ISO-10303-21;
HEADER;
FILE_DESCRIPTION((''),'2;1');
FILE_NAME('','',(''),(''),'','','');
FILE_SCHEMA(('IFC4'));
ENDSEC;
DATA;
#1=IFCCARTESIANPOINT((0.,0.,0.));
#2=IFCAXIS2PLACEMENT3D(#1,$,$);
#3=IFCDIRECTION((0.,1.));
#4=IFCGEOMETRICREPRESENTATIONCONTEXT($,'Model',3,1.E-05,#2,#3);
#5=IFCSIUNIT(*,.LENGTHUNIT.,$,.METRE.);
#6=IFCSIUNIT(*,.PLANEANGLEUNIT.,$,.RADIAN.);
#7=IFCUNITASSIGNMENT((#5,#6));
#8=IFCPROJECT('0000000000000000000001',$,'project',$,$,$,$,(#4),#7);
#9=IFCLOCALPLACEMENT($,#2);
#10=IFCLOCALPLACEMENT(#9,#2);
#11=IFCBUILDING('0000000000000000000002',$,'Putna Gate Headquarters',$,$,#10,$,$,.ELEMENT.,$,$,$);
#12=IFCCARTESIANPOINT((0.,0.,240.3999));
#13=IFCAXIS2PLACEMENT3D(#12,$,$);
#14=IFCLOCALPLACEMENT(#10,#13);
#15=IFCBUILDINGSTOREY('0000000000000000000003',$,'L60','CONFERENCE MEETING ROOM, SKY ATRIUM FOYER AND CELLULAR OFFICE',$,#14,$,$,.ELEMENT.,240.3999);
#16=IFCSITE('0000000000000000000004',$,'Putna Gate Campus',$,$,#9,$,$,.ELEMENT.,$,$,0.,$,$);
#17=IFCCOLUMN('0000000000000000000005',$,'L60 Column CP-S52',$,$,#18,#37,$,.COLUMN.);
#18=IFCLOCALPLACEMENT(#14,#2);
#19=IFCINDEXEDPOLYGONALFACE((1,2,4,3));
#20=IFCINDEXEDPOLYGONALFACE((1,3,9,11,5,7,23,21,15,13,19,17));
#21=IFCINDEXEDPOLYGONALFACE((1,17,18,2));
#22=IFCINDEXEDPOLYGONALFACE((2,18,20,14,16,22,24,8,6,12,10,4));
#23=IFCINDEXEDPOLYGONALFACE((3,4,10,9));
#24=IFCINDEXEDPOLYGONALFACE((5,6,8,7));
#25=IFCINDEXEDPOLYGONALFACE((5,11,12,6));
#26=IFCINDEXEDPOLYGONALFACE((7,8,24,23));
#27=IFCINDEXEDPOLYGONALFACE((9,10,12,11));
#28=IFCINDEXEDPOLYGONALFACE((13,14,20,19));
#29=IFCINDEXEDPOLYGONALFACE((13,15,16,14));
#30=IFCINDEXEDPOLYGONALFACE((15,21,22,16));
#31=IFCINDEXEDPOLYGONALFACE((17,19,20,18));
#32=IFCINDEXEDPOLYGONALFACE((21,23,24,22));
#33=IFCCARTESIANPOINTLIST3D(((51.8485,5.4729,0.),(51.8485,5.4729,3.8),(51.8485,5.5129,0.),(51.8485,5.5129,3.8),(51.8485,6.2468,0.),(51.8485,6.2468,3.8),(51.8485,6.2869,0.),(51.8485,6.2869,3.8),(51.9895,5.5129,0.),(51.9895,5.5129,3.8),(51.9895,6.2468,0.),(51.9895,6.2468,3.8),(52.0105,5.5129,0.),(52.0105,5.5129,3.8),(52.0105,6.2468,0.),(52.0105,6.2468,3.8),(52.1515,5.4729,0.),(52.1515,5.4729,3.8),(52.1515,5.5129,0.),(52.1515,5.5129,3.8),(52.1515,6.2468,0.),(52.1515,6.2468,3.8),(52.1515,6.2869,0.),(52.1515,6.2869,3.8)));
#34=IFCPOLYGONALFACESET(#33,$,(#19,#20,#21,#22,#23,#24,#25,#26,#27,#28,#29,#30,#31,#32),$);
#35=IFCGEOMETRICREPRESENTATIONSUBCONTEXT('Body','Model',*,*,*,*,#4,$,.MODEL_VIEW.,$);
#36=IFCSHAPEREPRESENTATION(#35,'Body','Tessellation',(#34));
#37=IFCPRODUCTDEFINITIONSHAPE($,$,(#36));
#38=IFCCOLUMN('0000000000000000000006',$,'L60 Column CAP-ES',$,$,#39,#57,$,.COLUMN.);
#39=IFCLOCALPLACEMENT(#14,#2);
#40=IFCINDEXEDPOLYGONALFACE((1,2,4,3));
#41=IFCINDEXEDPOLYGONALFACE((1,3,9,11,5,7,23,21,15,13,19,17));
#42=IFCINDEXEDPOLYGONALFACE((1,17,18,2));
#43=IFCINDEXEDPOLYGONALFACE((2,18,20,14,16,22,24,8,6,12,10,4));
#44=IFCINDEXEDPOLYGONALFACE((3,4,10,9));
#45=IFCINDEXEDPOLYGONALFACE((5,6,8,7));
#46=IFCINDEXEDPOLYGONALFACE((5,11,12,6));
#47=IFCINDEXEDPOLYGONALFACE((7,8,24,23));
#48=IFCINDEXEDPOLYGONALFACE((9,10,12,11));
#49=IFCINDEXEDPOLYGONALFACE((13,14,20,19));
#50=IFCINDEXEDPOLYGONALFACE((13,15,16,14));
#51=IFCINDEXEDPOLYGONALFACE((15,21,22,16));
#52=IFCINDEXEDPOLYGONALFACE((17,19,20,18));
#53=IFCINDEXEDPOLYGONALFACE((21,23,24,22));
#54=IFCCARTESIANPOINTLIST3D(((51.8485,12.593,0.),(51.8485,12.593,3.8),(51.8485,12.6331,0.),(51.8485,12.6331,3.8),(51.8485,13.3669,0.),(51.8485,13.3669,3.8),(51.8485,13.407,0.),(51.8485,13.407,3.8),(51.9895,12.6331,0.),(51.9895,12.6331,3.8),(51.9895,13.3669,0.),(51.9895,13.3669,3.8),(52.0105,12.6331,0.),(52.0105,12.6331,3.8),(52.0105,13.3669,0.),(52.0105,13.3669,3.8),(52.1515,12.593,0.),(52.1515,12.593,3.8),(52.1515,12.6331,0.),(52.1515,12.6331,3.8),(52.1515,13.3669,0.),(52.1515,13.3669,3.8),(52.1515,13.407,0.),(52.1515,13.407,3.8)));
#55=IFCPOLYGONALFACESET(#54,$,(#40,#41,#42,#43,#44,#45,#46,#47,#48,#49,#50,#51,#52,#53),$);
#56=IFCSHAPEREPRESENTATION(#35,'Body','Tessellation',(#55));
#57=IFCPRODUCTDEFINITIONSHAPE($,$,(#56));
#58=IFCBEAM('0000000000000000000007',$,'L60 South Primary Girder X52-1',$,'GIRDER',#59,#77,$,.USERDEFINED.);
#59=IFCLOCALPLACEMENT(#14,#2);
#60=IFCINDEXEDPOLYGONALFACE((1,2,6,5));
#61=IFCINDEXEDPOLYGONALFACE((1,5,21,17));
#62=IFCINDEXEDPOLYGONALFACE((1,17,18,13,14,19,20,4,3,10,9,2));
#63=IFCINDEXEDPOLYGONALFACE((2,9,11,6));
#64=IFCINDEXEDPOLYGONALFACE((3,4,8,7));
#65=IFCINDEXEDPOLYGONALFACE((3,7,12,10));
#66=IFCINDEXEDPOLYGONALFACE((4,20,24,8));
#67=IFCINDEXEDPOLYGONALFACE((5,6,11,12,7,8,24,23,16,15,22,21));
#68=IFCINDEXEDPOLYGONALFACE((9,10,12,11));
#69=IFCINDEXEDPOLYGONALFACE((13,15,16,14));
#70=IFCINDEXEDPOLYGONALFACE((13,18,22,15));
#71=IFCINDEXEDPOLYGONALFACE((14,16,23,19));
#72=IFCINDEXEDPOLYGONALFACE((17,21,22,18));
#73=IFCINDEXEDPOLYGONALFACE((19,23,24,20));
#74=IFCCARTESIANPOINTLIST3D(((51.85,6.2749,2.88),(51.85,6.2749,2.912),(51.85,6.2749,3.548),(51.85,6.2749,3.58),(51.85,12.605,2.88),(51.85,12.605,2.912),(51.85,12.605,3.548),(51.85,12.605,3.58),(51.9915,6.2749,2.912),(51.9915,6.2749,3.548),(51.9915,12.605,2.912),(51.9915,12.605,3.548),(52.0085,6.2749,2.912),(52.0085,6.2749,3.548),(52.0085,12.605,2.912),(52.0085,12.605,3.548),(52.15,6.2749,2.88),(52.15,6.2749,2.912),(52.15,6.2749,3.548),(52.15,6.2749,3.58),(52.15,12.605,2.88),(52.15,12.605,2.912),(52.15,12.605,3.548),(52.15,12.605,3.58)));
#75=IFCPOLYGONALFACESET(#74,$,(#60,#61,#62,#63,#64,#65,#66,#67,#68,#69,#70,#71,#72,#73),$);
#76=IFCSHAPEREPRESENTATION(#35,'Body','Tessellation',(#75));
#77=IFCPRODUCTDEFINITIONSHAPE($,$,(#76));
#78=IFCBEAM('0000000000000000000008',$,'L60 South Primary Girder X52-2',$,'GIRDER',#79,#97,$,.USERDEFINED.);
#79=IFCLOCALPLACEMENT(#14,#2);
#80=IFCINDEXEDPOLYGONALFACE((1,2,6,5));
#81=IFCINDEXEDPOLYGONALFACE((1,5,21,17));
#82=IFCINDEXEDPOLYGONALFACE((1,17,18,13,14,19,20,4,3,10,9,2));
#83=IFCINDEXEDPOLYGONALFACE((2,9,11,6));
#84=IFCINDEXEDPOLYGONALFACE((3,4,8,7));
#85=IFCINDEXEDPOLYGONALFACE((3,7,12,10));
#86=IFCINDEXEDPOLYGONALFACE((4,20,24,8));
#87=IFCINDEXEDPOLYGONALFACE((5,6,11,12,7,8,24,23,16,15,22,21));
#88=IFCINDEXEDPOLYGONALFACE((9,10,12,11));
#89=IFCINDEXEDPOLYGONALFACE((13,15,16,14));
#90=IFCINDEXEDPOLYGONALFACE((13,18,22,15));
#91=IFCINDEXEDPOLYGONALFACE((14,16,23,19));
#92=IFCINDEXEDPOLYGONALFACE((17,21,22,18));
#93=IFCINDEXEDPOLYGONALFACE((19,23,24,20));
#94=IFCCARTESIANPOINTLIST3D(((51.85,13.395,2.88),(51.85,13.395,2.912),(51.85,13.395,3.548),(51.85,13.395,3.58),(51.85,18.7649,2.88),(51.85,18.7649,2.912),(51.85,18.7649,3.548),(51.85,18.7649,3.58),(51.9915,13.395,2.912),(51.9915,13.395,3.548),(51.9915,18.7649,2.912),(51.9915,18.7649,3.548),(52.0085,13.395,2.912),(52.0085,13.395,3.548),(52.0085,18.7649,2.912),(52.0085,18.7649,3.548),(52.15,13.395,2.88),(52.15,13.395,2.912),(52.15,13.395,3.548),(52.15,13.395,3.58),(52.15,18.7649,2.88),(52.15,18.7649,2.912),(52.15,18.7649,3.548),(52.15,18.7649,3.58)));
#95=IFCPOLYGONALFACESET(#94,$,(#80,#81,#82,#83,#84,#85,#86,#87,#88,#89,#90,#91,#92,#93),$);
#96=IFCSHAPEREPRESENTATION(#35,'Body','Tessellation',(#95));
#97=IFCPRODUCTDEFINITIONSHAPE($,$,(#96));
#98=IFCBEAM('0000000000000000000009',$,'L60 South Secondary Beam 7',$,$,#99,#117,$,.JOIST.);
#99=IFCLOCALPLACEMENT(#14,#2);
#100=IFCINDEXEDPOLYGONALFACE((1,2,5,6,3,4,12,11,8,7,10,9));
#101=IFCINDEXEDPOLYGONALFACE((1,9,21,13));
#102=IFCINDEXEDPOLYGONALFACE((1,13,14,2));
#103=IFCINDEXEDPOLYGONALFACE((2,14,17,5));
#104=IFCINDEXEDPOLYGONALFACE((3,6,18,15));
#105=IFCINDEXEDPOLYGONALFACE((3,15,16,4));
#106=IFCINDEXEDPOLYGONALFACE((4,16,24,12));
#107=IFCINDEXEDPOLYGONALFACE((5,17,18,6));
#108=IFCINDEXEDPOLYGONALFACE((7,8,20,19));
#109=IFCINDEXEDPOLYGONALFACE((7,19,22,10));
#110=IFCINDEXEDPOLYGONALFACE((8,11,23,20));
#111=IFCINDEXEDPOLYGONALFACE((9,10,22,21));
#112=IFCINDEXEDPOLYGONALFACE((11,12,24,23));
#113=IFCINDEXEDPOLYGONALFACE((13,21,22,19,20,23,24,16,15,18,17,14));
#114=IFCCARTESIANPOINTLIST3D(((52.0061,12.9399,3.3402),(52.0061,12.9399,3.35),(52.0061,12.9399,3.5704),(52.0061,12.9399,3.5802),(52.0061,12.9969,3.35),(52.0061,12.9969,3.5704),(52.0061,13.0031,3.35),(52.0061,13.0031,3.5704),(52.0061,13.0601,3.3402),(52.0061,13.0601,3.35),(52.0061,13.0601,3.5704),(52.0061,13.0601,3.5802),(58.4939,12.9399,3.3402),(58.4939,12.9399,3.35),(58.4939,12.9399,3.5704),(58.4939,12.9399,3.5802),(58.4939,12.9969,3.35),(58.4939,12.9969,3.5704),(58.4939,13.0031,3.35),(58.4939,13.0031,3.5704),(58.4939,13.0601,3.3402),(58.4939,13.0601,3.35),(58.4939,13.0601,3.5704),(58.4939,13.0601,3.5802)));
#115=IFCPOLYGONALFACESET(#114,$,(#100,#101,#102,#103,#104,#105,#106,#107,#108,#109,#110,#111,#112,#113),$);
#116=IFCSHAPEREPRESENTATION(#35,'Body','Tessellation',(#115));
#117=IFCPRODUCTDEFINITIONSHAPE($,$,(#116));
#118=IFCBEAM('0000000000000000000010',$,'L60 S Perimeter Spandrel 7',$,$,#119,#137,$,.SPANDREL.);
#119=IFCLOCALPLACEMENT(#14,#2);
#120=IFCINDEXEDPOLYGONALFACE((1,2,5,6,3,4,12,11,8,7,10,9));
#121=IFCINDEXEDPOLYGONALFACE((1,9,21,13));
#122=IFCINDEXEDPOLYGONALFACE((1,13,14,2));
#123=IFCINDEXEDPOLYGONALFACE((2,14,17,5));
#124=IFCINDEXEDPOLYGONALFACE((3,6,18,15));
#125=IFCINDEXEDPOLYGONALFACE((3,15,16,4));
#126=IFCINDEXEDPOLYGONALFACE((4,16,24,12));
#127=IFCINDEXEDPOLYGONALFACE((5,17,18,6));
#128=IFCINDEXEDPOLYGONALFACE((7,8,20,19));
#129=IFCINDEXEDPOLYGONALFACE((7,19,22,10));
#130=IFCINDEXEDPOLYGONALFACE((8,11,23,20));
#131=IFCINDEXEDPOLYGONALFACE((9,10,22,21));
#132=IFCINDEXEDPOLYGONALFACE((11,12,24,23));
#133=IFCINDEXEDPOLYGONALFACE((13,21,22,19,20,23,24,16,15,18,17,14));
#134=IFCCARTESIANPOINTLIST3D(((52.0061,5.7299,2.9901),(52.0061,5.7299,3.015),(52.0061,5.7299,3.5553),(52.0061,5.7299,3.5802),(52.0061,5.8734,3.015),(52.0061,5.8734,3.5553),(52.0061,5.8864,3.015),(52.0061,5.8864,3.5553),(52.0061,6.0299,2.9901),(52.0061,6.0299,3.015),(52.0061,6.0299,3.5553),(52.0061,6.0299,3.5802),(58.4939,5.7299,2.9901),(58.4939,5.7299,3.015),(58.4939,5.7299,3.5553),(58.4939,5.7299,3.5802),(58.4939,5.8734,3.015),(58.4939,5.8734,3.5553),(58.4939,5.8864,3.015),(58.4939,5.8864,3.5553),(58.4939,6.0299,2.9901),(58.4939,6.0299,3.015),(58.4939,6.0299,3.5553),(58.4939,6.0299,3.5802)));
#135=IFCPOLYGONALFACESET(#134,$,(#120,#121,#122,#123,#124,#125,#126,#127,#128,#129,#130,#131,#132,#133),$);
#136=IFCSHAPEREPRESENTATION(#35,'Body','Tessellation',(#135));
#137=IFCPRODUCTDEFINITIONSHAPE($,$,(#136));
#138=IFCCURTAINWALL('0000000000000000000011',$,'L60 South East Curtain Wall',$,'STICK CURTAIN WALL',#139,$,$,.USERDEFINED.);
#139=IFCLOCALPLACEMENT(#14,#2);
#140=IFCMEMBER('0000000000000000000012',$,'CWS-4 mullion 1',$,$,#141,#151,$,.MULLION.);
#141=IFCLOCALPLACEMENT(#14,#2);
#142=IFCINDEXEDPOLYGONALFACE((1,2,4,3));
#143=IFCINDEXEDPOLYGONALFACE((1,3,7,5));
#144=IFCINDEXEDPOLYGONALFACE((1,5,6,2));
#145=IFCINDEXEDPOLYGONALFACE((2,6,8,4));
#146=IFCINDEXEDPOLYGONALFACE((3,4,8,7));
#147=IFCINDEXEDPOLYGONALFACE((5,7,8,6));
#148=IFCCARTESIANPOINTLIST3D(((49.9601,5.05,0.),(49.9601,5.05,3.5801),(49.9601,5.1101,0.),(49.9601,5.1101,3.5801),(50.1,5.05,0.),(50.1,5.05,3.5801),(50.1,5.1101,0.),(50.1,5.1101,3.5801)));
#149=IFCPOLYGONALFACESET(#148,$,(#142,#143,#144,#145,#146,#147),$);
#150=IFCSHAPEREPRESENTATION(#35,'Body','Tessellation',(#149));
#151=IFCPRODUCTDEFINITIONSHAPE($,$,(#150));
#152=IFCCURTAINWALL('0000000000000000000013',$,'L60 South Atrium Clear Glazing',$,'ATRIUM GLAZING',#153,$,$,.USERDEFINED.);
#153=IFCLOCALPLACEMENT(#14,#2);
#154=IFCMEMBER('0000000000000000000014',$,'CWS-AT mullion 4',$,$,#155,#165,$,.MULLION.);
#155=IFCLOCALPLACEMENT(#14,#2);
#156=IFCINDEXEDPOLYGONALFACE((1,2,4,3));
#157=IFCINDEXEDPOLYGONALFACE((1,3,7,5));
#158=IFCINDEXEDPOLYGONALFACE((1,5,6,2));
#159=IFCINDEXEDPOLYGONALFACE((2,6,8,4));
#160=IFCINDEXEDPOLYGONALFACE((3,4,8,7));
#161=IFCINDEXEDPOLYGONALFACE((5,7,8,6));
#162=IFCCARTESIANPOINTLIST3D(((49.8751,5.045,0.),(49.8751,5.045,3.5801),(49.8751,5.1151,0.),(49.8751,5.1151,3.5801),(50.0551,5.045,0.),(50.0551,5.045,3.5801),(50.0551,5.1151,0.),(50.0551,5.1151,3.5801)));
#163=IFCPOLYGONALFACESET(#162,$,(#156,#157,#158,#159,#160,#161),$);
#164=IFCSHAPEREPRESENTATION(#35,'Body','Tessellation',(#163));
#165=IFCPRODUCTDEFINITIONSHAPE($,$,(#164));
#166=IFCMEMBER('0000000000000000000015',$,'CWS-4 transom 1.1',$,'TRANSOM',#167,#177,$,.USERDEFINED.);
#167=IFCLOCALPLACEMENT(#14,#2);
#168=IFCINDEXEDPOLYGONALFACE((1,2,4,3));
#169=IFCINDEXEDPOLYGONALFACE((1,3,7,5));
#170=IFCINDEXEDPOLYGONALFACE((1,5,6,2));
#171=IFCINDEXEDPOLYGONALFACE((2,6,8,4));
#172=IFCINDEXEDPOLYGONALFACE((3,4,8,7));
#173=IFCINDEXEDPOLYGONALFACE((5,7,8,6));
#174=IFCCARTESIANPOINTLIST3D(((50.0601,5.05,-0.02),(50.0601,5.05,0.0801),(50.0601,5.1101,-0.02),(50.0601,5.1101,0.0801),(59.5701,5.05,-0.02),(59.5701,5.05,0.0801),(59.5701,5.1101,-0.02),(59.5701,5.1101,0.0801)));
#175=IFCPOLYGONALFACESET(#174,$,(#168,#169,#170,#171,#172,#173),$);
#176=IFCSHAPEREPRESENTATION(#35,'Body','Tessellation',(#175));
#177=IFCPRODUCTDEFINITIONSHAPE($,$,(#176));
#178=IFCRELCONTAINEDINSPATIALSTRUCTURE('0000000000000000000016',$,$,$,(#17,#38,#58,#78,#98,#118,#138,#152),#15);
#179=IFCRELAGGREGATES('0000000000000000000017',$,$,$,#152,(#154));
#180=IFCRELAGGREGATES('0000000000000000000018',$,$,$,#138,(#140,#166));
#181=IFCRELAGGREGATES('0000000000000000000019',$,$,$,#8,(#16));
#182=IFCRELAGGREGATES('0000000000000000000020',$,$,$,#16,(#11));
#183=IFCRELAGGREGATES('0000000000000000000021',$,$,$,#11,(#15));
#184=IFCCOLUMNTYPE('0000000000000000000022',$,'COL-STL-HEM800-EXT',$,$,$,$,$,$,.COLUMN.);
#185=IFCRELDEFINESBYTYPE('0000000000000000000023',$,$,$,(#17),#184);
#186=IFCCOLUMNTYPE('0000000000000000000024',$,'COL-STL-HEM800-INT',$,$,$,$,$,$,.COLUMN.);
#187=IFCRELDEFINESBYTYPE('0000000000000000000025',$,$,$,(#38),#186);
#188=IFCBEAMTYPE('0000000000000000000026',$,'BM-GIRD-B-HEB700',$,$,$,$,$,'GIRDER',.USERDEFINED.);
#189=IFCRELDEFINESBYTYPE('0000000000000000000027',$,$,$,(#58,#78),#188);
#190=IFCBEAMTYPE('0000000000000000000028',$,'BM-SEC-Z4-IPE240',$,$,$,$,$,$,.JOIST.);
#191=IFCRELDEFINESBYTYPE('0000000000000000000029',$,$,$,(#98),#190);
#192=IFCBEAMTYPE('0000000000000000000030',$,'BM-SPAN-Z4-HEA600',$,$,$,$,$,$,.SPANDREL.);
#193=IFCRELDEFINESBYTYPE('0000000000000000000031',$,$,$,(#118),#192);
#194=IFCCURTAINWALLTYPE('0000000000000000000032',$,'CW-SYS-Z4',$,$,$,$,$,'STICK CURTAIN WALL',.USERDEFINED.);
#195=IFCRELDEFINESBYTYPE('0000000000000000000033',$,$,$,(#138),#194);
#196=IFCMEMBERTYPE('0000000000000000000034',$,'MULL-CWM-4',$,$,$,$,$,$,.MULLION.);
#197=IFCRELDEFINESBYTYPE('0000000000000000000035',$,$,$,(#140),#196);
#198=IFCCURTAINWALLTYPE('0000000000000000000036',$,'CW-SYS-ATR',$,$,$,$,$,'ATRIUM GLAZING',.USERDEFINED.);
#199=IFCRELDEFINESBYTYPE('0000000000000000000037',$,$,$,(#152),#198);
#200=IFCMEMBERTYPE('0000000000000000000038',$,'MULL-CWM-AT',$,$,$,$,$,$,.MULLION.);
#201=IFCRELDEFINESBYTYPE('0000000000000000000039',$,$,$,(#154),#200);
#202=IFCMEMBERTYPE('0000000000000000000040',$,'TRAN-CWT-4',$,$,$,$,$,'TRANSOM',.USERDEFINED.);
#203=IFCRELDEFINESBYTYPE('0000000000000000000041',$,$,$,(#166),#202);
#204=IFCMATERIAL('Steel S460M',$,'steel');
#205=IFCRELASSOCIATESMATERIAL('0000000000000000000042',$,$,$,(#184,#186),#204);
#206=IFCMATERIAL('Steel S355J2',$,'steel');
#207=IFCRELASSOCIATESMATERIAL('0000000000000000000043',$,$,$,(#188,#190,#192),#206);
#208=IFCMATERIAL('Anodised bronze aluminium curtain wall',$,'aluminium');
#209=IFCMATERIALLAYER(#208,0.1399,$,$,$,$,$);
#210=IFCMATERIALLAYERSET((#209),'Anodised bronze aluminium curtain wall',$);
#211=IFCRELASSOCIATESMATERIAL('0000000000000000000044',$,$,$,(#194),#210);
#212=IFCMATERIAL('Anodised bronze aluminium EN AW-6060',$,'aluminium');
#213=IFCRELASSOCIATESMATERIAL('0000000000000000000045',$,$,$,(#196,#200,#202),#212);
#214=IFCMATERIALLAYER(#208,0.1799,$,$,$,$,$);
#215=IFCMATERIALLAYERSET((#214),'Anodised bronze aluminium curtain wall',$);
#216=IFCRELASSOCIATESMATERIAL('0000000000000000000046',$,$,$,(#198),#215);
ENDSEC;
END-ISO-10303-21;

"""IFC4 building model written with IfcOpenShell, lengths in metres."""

from ifc_helpers import new_model, si_unit, direction, frame, origin, origin_2d, place, context, subcontext, project, spatial, rectangle, i_section, extrude, material, layer, layer_set, material_profile, profile_set, type_object, element, aggregate, save


model = new_model("IFC4")

# Units and contexts
model_context = context("Model", 3, precision=1e-05, world=origin(), true_north=direction((0.0, 1.0)))
body_context = subcontext(model_context, "Body", "Model", "MODEL_VIEW")
ifc_project = project(units=[si_unit("LENGTHUNIT", "METRE"), si_unit("PLANEANGLEUNIT", "RADIAN")], contexts=[model_context])

# Site, building, storey
site_placement = place(None, origin())
site = spatial("IfcSite", under=ifc_project, at=site_placement, Name="Putna Gate Campus", CompositionType="ELEMENT", RefElevation=0.0)
building_placement = place(site_placement, origin())
building = spatial("IfcBuilding", under=site, at=building_placement, Name="Putna Gate Headquarters", CompositionType="ELEMENT")
storey_placement = place(building_placement, frame((0.0, 0.0, 240.3999)))
storey = spatial("IfcBuildingStorey", under=building, at=storey_placement, Name="L60", Description="CONFERENCE MEETING ROOM, SKY ATRIUM FOYER AND CELLULAR OFFICE", CompositionType="ELEMENT", Elevation=240.3999)

# Columns
ifc_material_1 = material(Name="Steel S460M", Category="steel")
ifc_material_profile_1 = material_profile(ifc_material_1, i_section(OverallWidth=0.303, OverallDepth=0.814, WebThickness=0.021, FlangeThickness=0.04, at=origin_2d()), Name="Steel S460M")
ifc_profile_set_1 = profile_set([ifc_material_profile_1], Name="Steel S460M")
column_type_1 = type_object("IfcColumnType", Name="COL-STL-HEM800-EXT", PredefinedType="COLUMN", material=ifc_profile_set_1)
column_1_placement = place(storey_placement, frame((52.0, 5.8799, 0.0), z_axis=(0.0, 0.0, 1.0), x_axis=(1.0, 0.0, 0.0)))
element("IfcColumn", 1, at=column_1_placement, inside=storey, type_object=column_type_1, Name="L60 Column CP-S52", PredefinedType="COLUMN", context=body_context, shape_type="SweptSolid", body=[
    extrude(i_section(OverallWidth=0.303, OverallDepth=0.814, WebThickness=0.021, FlangeThickness=0.04, at=origin_2d()), origin(), (0.0, 0.0, 1.0), 3.8),
])
ifc_material_profile_2 = material_profile(ifc_material_1, i_section(OverallWidth=0.303, OverallDepth=0.814, WebThickness=0.021, FlangeThickness=0.04, at=origin_2d()), Name="Steel S460M")
ifc_profile_set_2 = profile_set([ifc_material_profile_2], Name="Steel S460M")
column_type_2 = type_object("IfcColumnType", Name="COL-STL-HEM800-INT", PredefinedType="COLUMN", material=ifc_profile_set_2)
column_2_placement = place(storey_placement, frame((52.0, 13.0, 0.0), z_axis=(0.0, 0.0, 1.0), x_axis=(1.0, 0.0, 0.0)))
element("IfcColumn", 2, at=column_2_placement, inside=storey, type_object=column_type_2, Name="L60 Column CAP-ES", PredefinedType="COLUMN", context=body_context, shape_type="SweptSolid", body=[
    extrude(i_section(OverallWidth=0.303, OverallDepth=0.814, WebThickness=0.021, FlangeThickness=0.04, at=origin_2d()), origin(), (0.0, 0.0, 1.0), 3.8),
])

# Beams
ifc_material_2 = material(Name="Steel S355J2", Category="steel")
ifc_material_profile_3 = material_profile(ifc_material_2, i_section(OverallWidth=0.3, OverallDepth=0.7, WebThickness=0.0171, FlangeThickness=0.032, at=origin_2d()), Name="Steel S355J2")
ifc_profile_set_3 = profile_set([ifc_material_profile_3], Name="Steel S355J2")
beam_type_1 = type_object("IfcBeamType", Name="BM-GIRD-B-HEB700", ElementType="GIRDER", PredefinedType="USERDEFINED", material=ifc_profile_set_3)
beam_1_placement = place(storey_placement, frame((52.0, 6.2749, 3.23), z_axis=(0.0, 1.0, 0.0), x_axis=(-1.0, 0.0, 0.0)))
element("IfcBeam", 3, at=beam_1_placement, inside=storey, type_object=beam_type_1, Name="L60 South Primary Girder X52-1", ObjectType="GIRDER", PredefinedType="USERDEFINED", context=body_context, shape_type="SweptSolid", body=[
    extrude(i_section(OverallWidth=0.3, OverallDepth=0.7, WebThickness=0.0171, FlangeThickness=0.032, at=origin_2d()), origin(), (0.0, 0.0, 1.0), 6.3301),
])
beam_2_placement = place(storey_placement, frame((52.0, 13.395, 3.23), z_axis=(0.0, 1.0, 0.0), x_axis=(-1.0, 0.0, 0.0)))
element("IfcBeam", 4, at=beam_2_placement, inside=storey, type_object=beam_type_1, Name="L60 South Primary Girder X52-2", ObjectType="GIRDER", PredefinedType="USERDEFINED", context=body_context, shape_type="SweptSolid", body=[
    extrude(i_section(OverallWidth=0.3, OverallDepth=0.7, WebThickness=0.0171, FlangeThickness=0.032, at=origin_2d()), origin(), (0.0, 0.0, 1.0), 5.3699),
])
ifc_material_profile_4 = material_profile(ifc_material_2, i_section(OverallWidth=0.1201, OverallDepth=0.24, WebThickness=0.0061, FlangeThickness=0.0098, at=origin_2d()), Name="Steel S355J2")
ifc_profile_set_4 = profile_set([ifc_material_profile_4], Name="Steel S355J2")
beam_type_2 = type_object("IfcBeamType", Name="BM-SEC-Z4-IPE240", PredefinedType="JOIST", material=ifc_profile_set_4)
beam_3_placement = place(storey_placement, frame((52.0061, 13.0, 3.4602), z_axis=(1.0, 0.0, 0.0), x_axis=(0.0, 1.0, 0.0)))
element("IfcBeam", 5, at=beam_3_placement, inside=storey, type_object=beam_type_2, Name="L60 South Secondary Beam 7", PredefinedType="JOIST", context=body_context, shape_type="SweptSolid", body=[
    extrude(i_section(OverallWidth=0.1201, OverallDepth=0.24, WebThickness=0.0061, FlangeThickness=0.0098, at=origin_2d()), origin(), (0.0, 0.0, 1.0), 6.4878),
])
ifc_material_profile_5 = material_profile(ifc_material_2, i_section(OverallWidth=0.3, OverallDepth=0.5901, WebThickness=0.0129, FlangeThickness=0.0249, at=origin_2d()), Name="Steel S355J2")
ifc_profile_set_5 = profile_set([ifc_material_profile_5], Name="Steel S355J2")
beam_type_3 = type_object("IfcBeamType", Name="BM-SPAN-Z4-HEA600", PredefinedType="SPANDREL", material=ifc_profile_set_5)
beam_4_placement = place(storey_placement, frame((52.0061, 5.8799, 3.2852), z_axis=(1.0, 0.0, 0.0), x_axis=(0.0, 1.0, 0.0)))
element("IfcBeam", 6, at=beam_4_placement, inside=storey, type_object=beam_type_3, Name="L60 S Perimeter Spandrel 7", PredefinedType="SPANDREL", context=body_context, shape_type="SweptSolid", body=[
    extrude(i_section(OverallWidth=0.3, OverallDepth=0.5901, WebThickness=0.0129, FlangeThickness=0.0249, at=origin_2d()), origin(), (0.0, 0.0, 1.0), 6.4878),
])

# Curtain walls, members
ifc_material_3 = material(Name="Anodised bronze aluminium curtain wall", Category="aluminium")
ifc_layer_1 = layer(ifc_material_3, 0.1399)
ifc_layer_set_1 = layer_set([ifc_layer_1], Name="Anodised bronze aluminium curtain wall")
curtain_wall_type_1 = type_object("IfcCurtainWallType", Name="CW-SYS-Z4", ElementType="STICK CURTAIN WALL", PredefinedType="USERDEFINED", material=ifc_layer_set_1)
curtain_wall_1_placement = place(storey_placement, origin())
curtain_wall_1 = element("IfcCurtainWall", 7, at=curtain_wall_1_placement, inside=storey, type_object=curtain_wall_type_1, Name="L60 South East Curtain Wall", ObjectType="STICK CURTAIN WALL", PredefinedType="USERDEFINED")
ifc_material_4 = material(Name="Anodised bronze aluminium EN AW-6060", Category="aluminium")
ifc_material_profile_6 = material_profile(ifc_material_4, rectangle(XDim=0.0601, YDim=0.1399, at=origin_2d()), Name="Anodised bronze aluminium EN AW-6060")
ifc_profile_set_6 = profile_set([ifc_material_profile_6], Name="Anodised bronze aluminium EN AW-6060")
member_type_1 = type_object("IfcMemberType", Name="MULL-CWM-4", PredefinedType="MULLION", material=ifc_profile_set_6)
member_1_placement = place(storey_placement, frame((50.03, 5.0801, 0.0), z_axis=(0.0, 0.0, 1.0), x_axis=(0.0, 1.0, 0.0)))
member_1 = element("IfcMember", 8, at=member_1_placement, type_object=member_type_1, Name="CWS-4 mullion 1", PredefinedType="MULLION", context=body_context, shape_type="SweptSolid", body=[
    extrude(rectangle(XDim=0.0601, YDim=0.1399, at=origin_2d()), origin(), (0.0, 0.0, 1.0), 3.5801),
])
ifc_layer_2 = layer(ifc_material_3, 0.1799)
ifc_layer_set_2 = layer_set([ifc_layer_2], Name="Anodised bronze aluminium curtain wall")
curtain_wall_type_2 = type_object("IfcCurtainWallType", Name="CW-SYS-ATR", ElementType="ATRIUM GLAZING", PredefinedType="USERDEFINED", material=ifc_layer_set_2)
curtain_wall_2_placement = place(storey_placement, origin())
curtain_wall_2 = element("IfcCurtainWall", 9, at=curtain_wall_2_placement, inside=storey, type_object=curtain_wall_type_2, Name="L60 South Atrium Clear Glazing", ObjectType="ATRIUM GLAZING", PredefinedType="USERDEFINED")
ifc_material_profile_7 = material_profile(ifc_material_4, rectangle(XDim=0.0701, YDim=0.1799, at=origin_2d()), Name="Anodised bronze aluminium EN AW-6060")
ifc_profile_set_7 = profile_set([ifc_material_profile_7], Name="Anodised bronze aluminium EN AW-6060")
member_type_2 = type_object("IfcMemberType", Name="MULL-CWM-AT", PredefinedType="MULLION", material=ifc_profile_set_7)
member_2_placement = place(storey_placement, frame((49.9651, 5.0801, 0.0), z_axis=(0.0, 0.0, 1.0), x_axis=(0.0, 1.0, 0.0)))
member_2 = element("IfcMember", 10, at=member_2_placement, type_object=member_type_2, Name="CWS-AT mullion 4", PredefinedType="MULLION", context=body_context, shape_type="SweptSolid", body=[
    extrude(rectangle(XDim=0.0701, YDim=0.1799, at=origin_2d()), origin(), (0.0, 0.0, 1.0), 3.5801),
])
aggregate(curtain_wall_2, [member_2])

# Member
ifc_material_profile_8 = material_profile(ifc_material_4, rectangle(XDim=0.0601, YDim=0.1001, at=origin_2d()), Name="Anodised bronze aluminium EN AW-6060")
ifc_profile_set_8 = profile_set([ifc_material_profile_8], Name="Anodised bronze aluminium EN AW-6060")
member_type_3 = type_object("IfcMemberType", Name="TRAN-CWT-4", ElementType="TRANSOM", PredefinedType="USERDEFINED", material=ifc_profile_set_8)
member_3_placement = place(storey_placement, frame((50.0601, 5.0801, 0.03), z_axis=(1.0, 0.0, 0.0), x_axis=(0.0, 1.0, 0.0)))
member_3 = element("IfcMember", 11, at=member_3_placement, type_object=member_type_3, Name="CWS-4 transom 1.1", ObjectType="TRANSOM", PredefinedType="USERDEFINED", context=body_context, shape_type="SweptSolid", body=[
    extrude(rectangle(XDim=0.0601, YDim=0.1001, at=origin_2d()), origin(), (0.0, 0.0, 1.0), 9.51),
])

aggregate(curtain_wall_1, [member_1, member_3])

save(model, "model.ifc")
